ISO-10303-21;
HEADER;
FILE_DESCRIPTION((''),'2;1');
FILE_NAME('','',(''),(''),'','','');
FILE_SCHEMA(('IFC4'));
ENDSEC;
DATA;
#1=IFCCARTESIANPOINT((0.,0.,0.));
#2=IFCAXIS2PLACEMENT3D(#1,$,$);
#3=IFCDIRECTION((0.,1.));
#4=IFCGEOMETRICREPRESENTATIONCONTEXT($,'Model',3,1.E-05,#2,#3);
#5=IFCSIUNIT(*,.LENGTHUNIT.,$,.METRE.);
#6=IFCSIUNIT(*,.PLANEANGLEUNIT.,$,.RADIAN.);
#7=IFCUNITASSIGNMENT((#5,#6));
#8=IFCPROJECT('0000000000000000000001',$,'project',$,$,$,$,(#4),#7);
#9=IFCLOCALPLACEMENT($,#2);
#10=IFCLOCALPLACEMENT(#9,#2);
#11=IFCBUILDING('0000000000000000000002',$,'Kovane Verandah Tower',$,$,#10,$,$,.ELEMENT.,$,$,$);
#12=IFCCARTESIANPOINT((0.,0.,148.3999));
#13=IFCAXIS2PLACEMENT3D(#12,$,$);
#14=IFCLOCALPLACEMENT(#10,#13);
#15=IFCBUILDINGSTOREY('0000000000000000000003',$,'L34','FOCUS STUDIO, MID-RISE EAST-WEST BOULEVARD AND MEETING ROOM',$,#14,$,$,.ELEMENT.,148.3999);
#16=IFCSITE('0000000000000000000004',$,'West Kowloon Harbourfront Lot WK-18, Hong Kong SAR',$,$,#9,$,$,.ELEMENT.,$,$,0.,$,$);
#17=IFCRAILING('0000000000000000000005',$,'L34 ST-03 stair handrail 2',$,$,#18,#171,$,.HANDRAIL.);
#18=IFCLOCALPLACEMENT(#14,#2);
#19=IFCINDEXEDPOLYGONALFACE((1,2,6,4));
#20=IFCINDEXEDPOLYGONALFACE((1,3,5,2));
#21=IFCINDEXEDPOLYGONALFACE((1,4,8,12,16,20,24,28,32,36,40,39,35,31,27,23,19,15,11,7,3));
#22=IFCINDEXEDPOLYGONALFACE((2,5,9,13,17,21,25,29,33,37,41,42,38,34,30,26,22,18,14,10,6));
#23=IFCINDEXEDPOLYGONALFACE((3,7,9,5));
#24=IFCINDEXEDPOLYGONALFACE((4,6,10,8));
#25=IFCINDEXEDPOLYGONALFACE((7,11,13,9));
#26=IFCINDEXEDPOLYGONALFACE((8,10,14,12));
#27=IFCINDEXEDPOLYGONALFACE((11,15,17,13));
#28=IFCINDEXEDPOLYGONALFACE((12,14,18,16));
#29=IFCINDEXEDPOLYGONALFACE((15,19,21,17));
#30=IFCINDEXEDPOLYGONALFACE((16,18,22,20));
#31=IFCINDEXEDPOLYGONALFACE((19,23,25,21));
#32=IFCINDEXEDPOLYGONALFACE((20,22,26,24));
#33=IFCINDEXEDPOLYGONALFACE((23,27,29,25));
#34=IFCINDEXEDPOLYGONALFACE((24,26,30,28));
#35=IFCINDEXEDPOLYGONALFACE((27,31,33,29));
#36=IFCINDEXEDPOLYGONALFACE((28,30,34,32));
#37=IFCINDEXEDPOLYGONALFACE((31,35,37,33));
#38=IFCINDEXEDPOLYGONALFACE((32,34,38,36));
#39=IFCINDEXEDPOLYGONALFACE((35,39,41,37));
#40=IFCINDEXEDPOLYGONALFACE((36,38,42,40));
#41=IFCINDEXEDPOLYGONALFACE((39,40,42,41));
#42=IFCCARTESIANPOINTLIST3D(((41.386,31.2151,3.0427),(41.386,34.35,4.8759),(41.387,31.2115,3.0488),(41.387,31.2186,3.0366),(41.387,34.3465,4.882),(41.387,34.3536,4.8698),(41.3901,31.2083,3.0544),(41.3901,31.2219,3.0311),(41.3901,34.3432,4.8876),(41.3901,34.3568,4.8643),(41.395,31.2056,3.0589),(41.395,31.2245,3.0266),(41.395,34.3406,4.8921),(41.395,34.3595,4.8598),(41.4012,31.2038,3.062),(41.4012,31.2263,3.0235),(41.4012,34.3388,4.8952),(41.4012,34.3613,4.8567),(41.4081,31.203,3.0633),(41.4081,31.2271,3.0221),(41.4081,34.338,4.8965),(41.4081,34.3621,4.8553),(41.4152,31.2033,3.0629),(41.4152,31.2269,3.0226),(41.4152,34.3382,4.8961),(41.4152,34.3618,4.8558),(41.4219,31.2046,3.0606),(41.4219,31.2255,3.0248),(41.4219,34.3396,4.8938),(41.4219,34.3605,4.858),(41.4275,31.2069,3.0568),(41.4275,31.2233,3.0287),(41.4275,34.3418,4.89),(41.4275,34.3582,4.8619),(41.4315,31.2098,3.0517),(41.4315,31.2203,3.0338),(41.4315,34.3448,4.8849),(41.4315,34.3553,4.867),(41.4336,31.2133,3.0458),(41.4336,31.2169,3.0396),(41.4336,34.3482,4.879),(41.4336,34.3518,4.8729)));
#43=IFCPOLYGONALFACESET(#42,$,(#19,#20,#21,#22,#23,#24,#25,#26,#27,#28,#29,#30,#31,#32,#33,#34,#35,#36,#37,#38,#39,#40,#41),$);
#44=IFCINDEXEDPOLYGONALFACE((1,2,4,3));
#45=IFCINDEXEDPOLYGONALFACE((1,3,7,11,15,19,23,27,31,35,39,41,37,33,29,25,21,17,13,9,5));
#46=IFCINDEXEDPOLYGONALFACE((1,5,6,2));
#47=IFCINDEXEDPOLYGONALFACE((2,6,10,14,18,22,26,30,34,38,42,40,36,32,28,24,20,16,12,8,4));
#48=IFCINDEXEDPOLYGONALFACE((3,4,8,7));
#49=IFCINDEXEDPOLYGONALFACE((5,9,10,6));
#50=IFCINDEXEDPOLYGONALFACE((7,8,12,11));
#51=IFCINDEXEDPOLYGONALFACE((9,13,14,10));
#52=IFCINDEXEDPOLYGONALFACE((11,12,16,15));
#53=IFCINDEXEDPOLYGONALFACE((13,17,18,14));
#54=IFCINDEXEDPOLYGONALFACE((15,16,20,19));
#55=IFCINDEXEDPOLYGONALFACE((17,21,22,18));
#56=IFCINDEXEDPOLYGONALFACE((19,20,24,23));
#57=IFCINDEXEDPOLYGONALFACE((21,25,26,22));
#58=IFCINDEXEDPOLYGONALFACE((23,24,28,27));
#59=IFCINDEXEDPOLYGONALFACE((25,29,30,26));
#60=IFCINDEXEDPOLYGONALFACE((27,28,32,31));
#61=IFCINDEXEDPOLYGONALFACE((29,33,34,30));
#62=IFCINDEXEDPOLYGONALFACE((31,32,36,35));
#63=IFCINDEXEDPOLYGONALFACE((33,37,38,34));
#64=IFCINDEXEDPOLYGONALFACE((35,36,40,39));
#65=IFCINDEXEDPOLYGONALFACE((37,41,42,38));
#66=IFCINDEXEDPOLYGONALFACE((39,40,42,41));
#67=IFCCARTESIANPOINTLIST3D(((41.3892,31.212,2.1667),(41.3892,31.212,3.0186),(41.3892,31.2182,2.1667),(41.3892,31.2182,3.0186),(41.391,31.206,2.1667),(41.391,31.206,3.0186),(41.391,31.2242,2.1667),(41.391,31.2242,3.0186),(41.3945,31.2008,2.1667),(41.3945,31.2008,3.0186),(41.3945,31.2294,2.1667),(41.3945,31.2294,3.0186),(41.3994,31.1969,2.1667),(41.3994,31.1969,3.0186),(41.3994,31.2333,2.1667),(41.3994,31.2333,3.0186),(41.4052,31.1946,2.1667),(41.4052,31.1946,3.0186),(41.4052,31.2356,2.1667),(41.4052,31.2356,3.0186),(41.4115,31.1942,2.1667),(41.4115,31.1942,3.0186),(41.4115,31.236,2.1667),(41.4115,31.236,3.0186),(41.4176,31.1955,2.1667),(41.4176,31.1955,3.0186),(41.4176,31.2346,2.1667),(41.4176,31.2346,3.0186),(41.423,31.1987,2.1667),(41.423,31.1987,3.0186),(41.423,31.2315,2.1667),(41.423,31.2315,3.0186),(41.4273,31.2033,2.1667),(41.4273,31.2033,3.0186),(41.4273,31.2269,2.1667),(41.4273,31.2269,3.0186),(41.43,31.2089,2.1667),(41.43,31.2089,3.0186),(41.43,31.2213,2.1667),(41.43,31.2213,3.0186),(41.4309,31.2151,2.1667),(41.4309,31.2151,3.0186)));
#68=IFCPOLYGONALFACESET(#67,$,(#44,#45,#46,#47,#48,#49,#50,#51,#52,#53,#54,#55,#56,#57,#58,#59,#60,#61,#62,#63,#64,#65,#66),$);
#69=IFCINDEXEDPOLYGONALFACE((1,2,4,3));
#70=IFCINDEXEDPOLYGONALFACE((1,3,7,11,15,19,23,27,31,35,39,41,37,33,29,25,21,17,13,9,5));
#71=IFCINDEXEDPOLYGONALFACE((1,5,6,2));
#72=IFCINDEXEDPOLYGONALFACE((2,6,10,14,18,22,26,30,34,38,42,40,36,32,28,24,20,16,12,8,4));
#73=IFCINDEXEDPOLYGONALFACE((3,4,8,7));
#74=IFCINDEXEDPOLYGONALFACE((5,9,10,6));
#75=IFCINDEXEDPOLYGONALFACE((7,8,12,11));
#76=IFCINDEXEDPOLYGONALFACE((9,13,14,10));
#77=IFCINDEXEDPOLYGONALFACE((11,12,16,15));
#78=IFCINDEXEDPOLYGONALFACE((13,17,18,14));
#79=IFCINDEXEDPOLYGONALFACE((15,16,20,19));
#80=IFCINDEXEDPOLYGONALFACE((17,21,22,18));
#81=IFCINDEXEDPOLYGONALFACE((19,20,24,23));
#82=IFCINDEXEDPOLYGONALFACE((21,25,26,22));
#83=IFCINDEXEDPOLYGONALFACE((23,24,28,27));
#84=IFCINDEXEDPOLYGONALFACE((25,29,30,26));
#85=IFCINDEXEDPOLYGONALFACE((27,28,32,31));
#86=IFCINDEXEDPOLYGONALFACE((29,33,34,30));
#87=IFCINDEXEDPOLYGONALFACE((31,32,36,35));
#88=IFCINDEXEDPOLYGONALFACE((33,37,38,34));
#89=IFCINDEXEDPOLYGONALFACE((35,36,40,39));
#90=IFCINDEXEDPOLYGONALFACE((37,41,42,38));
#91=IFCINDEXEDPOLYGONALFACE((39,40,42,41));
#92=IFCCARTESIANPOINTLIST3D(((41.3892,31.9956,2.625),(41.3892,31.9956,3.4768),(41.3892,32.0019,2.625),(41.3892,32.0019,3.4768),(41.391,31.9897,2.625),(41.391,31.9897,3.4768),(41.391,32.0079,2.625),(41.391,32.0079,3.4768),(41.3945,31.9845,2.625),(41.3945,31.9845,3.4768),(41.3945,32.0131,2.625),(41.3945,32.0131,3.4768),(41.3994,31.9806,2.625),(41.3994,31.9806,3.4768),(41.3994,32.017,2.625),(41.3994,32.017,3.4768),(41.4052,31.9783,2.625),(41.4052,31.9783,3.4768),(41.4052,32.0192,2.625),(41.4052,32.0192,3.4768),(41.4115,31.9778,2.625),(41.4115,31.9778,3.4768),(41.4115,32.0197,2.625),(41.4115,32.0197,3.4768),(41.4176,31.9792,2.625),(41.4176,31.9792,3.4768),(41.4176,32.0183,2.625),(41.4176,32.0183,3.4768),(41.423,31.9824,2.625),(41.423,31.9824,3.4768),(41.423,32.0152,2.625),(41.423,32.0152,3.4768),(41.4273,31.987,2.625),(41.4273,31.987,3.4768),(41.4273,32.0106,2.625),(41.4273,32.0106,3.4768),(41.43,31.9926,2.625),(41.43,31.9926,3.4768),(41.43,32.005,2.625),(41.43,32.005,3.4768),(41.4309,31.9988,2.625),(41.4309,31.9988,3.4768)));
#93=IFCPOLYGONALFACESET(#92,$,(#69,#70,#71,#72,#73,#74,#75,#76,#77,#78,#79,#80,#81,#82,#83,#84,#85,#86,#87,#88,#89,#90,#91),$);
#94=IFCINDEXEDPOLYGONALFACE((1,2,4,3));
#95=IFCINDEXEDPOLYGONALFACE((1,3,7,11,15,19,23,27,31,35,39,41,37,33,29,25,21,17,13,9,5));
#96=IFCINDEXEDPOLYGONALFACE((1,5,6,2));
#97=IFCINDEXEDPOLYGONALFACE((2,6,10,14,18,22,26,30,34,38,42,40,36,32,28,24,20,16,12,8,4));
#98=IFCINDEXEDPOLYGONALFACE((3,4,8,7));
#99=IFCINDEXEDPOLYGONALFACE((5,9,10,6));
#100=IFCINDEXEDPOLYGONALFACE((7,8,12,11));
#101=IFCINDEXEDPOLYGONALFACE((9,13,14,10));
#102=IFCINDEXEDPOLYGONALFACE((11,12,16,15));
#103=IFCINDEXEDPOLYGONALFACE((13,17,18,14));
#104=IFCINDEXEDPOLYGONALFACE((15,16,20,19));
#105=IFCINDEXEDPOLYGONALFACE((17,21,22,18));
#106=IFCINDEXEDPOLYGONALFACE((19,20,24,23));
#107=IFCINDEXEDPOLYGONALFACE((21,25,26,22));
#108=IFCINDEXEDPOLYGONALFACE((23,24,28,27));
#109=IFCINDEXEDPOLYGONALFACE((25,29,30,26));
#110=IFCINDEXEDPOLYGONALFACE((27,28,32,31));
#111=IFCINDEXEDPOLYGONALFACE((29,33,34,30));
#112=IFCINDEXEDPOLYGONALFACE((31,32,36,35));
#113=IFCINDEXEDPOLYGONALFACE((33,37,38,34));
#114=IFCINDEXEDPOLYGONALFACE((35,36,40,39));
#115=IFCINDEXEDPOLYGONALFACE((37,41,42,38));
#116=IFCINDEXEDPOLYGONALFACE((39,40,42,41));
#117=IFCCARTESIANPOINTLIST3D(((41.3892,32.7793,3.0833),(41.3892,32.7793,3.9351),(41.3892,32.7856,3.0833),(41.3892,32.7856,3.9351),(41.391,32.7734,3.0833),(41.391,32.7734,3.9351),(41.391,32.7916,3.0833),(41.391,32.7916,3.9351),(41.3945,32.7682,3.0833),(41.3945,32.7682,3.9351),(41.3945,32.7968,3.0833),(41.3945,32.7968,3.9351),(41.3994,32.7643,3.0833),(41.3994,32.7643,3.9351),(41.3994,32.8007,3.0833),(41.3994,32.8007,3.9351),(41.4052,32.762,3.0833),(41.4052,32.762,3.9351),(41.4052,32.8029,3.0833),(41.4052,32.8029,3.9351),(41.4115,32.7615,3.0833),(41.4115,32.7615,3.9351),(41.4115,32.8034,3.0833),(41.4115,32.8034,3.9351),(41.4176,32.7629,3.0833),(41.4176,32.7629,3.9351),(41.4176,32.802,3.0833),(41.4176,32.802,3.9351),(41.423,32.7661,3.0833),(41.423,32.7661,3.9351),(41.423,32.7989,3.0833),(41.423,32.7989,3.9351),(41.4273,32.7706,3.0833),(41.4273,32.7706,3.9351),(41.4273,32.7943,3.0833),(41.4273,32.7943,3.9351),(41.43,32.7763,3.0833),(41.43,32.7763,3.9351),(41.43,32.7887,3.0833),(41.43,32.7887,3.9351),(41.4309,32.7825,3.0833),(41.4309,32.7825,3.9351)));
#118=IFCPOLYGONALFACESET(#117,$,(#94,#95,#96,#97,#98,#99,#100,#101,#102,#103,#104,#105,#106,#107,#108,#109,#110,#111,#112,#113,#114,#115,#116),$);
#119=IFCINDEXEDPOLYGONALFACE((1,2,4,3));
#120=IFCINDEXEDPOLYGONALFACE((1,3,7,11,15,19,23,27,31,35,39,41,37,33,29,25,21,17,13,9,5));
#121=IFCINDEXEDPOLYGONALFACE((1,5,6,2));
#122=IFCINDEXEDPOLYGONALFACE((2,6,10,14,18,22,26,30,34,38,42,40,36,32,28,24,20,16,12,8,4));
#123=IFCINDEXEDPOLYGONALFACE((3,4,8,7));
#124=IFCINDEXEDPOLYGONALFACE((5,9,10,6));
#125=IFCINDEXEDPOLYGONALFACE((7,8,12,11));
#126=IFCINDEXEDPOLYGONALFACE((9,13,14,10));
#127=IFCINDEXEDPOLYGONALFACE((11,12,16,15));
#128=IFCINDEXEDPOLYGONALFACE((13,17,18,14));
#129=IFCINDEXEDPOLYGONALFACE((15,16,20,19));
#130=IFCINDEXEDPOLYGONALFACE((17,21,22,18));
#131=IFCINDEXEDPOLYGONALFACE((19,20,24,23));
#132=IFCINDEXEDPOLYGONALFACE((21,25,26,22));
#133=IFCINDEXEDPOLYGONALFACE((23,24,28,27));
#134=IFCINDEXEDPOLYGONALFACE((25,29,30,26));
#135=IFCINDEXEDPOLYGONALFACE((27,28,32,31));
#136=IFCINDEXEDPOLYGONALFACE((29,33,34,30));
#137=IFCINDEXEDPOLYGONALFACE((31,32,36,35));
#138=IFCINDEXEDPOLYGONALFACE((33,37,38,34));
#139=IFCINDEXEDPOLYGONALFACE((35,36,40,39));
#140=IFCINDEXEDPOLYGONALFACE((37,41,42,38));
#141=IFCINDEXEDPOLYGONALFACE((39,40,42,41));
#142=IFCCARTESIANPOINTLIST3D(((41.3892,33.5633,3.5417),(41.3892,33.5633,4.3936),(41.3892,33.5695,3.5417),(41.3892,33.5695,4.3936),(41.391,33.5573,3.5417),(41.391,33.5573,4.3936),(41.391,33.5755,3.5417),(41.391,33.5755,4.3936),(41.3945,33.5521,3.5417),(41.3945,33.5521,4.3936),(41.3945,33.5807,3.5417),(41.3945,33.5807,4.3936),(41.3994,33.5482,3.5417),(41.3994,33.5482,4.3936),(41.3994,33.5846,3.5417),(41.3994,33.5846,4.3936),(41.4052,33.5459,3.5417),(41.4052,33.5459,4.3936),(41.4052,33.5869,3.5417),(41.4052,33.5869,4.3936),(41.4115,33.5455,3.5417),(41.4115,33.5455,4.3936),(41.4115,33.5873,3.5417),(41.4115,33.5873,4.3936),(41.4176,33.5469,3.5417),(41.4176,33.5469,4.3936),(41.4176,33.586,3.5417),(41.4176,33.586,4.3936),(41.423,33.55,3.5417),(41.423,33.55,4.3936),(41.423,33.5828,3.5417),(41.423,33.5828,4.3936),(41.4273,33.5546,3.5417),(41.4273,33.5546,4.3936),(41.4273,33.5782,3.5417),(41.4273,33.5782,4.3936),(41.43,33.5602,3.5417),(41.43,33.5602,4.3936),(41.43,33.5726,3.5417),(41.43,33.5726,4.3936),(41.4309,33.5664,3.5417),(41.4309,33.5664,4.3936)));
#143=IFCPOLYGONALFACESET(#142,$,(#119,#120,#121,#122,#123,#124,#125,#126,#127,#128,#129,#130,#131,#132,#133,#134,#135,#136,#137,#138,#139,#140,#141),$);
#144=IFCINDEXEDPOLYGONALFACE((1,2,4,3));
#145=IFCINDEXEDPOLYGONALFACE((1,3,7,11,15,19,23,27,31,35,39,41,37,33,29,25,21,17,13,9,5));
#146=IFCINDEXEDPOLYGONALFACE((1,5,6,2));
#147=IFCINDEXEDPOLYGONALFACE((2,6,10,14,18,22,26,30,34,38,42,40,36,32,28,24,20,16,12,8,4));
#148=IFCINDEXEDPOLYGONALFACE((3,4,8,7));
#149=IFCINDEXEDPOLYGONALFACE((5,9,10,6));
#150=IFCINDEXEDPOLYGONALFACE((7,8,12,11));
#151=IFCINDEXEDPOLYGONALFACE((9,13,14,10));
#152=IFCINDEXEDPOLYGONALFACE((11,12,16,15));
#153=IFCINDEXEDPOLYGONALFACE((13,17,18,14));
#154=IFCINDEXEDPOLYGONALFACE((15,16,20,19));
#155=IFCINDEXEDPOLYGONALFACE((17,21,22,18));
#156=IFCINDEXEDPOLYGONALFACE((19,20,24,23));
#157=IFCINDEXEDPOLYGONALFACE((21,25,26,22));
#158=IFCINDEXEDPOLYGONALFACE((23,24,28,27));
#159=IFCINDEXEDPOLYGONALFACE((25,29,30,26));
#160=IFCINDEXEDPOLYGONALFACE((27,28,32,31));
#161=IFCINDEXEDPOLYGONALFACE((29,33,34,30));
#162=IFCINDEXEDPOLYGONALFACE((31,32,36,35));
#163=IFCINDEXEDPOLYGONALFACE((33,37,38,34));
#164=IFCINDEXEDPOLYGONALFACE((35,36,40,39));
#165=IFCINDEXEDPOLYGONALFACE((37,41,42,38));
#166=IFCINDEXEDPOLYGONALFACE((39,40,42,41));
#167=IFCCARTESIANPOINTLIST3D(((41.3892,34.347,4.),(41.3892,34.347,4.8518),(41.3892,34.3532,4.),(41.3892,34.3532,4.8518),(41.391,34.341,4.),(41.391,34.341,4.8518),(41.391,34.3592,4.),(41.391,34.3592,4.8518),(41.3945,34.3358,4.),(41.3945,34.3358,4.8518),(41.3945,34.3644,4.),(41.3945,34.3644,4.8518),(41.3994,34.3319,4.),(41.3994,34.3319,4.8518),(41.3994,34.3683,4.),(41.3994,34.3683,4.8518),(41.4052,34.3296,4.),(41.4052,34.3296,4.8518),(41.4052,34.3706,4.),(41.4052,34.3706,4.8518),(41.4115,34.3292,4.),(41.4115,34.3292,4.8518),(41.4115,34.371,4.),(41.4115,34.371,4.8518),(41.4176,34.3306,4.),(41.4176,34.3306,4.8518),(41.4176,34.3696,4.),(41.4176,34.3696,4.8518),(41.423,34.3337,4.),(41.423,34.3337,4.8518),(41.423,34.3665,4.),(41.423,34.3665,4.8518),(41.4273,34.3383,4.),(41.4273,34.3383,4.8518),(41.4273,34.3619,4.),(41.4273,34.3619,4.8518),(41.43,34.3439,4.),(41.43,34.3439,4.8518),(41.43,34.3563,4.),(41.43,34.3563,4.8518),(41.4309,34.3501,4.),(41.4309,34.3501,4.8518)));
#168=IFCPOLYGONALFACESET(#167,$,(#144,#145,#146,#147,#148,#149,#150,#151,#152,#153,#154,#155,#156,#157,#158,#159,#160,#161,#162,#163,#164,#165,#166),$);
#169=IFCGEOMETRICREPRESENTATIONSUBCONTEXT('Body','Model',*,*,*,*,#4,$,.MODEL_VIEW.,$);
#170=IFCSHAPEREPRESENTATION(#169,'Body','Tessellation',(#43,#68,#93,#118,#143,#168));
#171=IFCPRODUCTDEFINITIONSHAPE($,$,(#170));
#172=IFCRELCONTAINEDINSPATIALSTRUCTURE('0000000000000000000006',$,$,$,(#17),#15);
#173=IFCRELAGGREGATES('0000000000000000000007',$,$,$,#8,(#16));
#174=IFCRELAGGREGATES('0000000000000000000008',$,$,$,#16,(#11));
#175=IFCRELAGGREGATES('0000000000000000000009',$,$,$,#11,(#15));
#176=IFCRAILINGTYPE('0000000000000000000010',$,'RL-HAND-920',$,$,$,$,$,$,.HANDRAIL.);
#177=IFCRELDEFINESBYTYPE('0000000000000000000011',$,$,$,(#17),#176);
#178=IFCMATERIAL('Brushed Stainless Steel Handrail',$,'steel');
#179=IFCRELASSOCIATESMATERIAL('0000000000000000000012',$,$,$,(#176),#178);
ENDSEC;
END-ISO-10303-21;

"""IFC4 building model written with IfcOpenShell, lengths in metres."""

from ifc_helpers import new_model, si_unit, direction, frame, origin, origin_2d, place, context, subcontext, project, spatial, circle, extrude, material, type_object, element, save


model = new_model("IFC4")

# Units and contexts
model_context = context("Model", 3, precision=1e-05, world=origin(), true_north=direction((0.0, 1.0)))
body_context = subcontext(model_context, "Body", "Model", "MODEL_VIEW")
ifc_project = project(units=[si_unit("LENGTHUNIT", "METRE"), si_unit("PLANEANGLEUNIT", "RADIAN")], contexts=[model_context])

# Site, building, storey
site_placement = place(None, origin())
site = spatial("IfcSite", under=ifc_project, at=site_placement, Name="West Kowloon Harbourfront Lot WK-18, Hong Kong SAR", CompositionType="ELEMENT", RefElevation=0.0)
building_placement = place(site_placement, origin())
building = spatial("IfcBuilding", under=site, at=building_placement, Name="Kovane Verandah Tower", CompositionType="ELEMENT")
storey_placement = place(building_placement, frame((0.0, 0.0, 148.3999)))
storey = spatial("IfcBuildingStorey", under=building, at=storey_placement, Name="L34", Description="FOCUS STUDIO, MID-RISE EAST-WEST BOULEVARD AND MEETING ROOM", CompositionType="ELEMENT", Elevation=148.3999)

# Railing
ifc_material_1 = material(Name="Brushed Stainless Steel Handrail", Category="steel")
railing_type_1 = type_object("IfcRailingType", Name="RL-HAND-920", PredefinedType="HANDRAIL", material=ifc_material_1)
railing_1_placement = place(storey_placement, frame((41.4099, 31.2151, 2.1667)))
element("IfcRailing", 1, at=railing_1_placement, inside=storey, type_object=railing_type_1, Name="L34 ST-03 stair handrail 2", PredefinedType="HANDRAIL", context=body_context, shape_type="SweptSolid", body=[
    extrude(circle(Radius=0.0239, at=origin_2d()), frame((0.0, 0.0, 0.876), z_axis=(0.0, 0.86324, 0.504794), x_axis=(-1.0, 0.0, 0.0)), (0.0, 0.0, 1.0), 3.6316),
    extrude(circle(Radius=0.021, at=origin_2d()), origin(), (0.0, 0.0, 1.0), 0.8518),
    extrude(circle(Radius=0.021, at=origin_2d()), frame((0.0, 0.7837, 0.4583)), (0.0, 0.0, 1.0), 0.8518),
    extrude(circle(Radius=0.021, at=origin_2d()), frame((0.0, 1.5674, 0.9165)), (0.0, 0.0, 1.0), 0.8518),
    extrude(circle(Radius=0.021, at=origin_2d()), frame((0.0, 2.3513, 1.375)), (0.0, 0.0, 1.0), 0.8518),
    extrude(circle(Radius=0.021, at=origin_2d()), frame((0.0, 3.135, 1.8333)), (0.0, 0.0, 1.0), 0.8518),
])

save(model, "model.ifc")
